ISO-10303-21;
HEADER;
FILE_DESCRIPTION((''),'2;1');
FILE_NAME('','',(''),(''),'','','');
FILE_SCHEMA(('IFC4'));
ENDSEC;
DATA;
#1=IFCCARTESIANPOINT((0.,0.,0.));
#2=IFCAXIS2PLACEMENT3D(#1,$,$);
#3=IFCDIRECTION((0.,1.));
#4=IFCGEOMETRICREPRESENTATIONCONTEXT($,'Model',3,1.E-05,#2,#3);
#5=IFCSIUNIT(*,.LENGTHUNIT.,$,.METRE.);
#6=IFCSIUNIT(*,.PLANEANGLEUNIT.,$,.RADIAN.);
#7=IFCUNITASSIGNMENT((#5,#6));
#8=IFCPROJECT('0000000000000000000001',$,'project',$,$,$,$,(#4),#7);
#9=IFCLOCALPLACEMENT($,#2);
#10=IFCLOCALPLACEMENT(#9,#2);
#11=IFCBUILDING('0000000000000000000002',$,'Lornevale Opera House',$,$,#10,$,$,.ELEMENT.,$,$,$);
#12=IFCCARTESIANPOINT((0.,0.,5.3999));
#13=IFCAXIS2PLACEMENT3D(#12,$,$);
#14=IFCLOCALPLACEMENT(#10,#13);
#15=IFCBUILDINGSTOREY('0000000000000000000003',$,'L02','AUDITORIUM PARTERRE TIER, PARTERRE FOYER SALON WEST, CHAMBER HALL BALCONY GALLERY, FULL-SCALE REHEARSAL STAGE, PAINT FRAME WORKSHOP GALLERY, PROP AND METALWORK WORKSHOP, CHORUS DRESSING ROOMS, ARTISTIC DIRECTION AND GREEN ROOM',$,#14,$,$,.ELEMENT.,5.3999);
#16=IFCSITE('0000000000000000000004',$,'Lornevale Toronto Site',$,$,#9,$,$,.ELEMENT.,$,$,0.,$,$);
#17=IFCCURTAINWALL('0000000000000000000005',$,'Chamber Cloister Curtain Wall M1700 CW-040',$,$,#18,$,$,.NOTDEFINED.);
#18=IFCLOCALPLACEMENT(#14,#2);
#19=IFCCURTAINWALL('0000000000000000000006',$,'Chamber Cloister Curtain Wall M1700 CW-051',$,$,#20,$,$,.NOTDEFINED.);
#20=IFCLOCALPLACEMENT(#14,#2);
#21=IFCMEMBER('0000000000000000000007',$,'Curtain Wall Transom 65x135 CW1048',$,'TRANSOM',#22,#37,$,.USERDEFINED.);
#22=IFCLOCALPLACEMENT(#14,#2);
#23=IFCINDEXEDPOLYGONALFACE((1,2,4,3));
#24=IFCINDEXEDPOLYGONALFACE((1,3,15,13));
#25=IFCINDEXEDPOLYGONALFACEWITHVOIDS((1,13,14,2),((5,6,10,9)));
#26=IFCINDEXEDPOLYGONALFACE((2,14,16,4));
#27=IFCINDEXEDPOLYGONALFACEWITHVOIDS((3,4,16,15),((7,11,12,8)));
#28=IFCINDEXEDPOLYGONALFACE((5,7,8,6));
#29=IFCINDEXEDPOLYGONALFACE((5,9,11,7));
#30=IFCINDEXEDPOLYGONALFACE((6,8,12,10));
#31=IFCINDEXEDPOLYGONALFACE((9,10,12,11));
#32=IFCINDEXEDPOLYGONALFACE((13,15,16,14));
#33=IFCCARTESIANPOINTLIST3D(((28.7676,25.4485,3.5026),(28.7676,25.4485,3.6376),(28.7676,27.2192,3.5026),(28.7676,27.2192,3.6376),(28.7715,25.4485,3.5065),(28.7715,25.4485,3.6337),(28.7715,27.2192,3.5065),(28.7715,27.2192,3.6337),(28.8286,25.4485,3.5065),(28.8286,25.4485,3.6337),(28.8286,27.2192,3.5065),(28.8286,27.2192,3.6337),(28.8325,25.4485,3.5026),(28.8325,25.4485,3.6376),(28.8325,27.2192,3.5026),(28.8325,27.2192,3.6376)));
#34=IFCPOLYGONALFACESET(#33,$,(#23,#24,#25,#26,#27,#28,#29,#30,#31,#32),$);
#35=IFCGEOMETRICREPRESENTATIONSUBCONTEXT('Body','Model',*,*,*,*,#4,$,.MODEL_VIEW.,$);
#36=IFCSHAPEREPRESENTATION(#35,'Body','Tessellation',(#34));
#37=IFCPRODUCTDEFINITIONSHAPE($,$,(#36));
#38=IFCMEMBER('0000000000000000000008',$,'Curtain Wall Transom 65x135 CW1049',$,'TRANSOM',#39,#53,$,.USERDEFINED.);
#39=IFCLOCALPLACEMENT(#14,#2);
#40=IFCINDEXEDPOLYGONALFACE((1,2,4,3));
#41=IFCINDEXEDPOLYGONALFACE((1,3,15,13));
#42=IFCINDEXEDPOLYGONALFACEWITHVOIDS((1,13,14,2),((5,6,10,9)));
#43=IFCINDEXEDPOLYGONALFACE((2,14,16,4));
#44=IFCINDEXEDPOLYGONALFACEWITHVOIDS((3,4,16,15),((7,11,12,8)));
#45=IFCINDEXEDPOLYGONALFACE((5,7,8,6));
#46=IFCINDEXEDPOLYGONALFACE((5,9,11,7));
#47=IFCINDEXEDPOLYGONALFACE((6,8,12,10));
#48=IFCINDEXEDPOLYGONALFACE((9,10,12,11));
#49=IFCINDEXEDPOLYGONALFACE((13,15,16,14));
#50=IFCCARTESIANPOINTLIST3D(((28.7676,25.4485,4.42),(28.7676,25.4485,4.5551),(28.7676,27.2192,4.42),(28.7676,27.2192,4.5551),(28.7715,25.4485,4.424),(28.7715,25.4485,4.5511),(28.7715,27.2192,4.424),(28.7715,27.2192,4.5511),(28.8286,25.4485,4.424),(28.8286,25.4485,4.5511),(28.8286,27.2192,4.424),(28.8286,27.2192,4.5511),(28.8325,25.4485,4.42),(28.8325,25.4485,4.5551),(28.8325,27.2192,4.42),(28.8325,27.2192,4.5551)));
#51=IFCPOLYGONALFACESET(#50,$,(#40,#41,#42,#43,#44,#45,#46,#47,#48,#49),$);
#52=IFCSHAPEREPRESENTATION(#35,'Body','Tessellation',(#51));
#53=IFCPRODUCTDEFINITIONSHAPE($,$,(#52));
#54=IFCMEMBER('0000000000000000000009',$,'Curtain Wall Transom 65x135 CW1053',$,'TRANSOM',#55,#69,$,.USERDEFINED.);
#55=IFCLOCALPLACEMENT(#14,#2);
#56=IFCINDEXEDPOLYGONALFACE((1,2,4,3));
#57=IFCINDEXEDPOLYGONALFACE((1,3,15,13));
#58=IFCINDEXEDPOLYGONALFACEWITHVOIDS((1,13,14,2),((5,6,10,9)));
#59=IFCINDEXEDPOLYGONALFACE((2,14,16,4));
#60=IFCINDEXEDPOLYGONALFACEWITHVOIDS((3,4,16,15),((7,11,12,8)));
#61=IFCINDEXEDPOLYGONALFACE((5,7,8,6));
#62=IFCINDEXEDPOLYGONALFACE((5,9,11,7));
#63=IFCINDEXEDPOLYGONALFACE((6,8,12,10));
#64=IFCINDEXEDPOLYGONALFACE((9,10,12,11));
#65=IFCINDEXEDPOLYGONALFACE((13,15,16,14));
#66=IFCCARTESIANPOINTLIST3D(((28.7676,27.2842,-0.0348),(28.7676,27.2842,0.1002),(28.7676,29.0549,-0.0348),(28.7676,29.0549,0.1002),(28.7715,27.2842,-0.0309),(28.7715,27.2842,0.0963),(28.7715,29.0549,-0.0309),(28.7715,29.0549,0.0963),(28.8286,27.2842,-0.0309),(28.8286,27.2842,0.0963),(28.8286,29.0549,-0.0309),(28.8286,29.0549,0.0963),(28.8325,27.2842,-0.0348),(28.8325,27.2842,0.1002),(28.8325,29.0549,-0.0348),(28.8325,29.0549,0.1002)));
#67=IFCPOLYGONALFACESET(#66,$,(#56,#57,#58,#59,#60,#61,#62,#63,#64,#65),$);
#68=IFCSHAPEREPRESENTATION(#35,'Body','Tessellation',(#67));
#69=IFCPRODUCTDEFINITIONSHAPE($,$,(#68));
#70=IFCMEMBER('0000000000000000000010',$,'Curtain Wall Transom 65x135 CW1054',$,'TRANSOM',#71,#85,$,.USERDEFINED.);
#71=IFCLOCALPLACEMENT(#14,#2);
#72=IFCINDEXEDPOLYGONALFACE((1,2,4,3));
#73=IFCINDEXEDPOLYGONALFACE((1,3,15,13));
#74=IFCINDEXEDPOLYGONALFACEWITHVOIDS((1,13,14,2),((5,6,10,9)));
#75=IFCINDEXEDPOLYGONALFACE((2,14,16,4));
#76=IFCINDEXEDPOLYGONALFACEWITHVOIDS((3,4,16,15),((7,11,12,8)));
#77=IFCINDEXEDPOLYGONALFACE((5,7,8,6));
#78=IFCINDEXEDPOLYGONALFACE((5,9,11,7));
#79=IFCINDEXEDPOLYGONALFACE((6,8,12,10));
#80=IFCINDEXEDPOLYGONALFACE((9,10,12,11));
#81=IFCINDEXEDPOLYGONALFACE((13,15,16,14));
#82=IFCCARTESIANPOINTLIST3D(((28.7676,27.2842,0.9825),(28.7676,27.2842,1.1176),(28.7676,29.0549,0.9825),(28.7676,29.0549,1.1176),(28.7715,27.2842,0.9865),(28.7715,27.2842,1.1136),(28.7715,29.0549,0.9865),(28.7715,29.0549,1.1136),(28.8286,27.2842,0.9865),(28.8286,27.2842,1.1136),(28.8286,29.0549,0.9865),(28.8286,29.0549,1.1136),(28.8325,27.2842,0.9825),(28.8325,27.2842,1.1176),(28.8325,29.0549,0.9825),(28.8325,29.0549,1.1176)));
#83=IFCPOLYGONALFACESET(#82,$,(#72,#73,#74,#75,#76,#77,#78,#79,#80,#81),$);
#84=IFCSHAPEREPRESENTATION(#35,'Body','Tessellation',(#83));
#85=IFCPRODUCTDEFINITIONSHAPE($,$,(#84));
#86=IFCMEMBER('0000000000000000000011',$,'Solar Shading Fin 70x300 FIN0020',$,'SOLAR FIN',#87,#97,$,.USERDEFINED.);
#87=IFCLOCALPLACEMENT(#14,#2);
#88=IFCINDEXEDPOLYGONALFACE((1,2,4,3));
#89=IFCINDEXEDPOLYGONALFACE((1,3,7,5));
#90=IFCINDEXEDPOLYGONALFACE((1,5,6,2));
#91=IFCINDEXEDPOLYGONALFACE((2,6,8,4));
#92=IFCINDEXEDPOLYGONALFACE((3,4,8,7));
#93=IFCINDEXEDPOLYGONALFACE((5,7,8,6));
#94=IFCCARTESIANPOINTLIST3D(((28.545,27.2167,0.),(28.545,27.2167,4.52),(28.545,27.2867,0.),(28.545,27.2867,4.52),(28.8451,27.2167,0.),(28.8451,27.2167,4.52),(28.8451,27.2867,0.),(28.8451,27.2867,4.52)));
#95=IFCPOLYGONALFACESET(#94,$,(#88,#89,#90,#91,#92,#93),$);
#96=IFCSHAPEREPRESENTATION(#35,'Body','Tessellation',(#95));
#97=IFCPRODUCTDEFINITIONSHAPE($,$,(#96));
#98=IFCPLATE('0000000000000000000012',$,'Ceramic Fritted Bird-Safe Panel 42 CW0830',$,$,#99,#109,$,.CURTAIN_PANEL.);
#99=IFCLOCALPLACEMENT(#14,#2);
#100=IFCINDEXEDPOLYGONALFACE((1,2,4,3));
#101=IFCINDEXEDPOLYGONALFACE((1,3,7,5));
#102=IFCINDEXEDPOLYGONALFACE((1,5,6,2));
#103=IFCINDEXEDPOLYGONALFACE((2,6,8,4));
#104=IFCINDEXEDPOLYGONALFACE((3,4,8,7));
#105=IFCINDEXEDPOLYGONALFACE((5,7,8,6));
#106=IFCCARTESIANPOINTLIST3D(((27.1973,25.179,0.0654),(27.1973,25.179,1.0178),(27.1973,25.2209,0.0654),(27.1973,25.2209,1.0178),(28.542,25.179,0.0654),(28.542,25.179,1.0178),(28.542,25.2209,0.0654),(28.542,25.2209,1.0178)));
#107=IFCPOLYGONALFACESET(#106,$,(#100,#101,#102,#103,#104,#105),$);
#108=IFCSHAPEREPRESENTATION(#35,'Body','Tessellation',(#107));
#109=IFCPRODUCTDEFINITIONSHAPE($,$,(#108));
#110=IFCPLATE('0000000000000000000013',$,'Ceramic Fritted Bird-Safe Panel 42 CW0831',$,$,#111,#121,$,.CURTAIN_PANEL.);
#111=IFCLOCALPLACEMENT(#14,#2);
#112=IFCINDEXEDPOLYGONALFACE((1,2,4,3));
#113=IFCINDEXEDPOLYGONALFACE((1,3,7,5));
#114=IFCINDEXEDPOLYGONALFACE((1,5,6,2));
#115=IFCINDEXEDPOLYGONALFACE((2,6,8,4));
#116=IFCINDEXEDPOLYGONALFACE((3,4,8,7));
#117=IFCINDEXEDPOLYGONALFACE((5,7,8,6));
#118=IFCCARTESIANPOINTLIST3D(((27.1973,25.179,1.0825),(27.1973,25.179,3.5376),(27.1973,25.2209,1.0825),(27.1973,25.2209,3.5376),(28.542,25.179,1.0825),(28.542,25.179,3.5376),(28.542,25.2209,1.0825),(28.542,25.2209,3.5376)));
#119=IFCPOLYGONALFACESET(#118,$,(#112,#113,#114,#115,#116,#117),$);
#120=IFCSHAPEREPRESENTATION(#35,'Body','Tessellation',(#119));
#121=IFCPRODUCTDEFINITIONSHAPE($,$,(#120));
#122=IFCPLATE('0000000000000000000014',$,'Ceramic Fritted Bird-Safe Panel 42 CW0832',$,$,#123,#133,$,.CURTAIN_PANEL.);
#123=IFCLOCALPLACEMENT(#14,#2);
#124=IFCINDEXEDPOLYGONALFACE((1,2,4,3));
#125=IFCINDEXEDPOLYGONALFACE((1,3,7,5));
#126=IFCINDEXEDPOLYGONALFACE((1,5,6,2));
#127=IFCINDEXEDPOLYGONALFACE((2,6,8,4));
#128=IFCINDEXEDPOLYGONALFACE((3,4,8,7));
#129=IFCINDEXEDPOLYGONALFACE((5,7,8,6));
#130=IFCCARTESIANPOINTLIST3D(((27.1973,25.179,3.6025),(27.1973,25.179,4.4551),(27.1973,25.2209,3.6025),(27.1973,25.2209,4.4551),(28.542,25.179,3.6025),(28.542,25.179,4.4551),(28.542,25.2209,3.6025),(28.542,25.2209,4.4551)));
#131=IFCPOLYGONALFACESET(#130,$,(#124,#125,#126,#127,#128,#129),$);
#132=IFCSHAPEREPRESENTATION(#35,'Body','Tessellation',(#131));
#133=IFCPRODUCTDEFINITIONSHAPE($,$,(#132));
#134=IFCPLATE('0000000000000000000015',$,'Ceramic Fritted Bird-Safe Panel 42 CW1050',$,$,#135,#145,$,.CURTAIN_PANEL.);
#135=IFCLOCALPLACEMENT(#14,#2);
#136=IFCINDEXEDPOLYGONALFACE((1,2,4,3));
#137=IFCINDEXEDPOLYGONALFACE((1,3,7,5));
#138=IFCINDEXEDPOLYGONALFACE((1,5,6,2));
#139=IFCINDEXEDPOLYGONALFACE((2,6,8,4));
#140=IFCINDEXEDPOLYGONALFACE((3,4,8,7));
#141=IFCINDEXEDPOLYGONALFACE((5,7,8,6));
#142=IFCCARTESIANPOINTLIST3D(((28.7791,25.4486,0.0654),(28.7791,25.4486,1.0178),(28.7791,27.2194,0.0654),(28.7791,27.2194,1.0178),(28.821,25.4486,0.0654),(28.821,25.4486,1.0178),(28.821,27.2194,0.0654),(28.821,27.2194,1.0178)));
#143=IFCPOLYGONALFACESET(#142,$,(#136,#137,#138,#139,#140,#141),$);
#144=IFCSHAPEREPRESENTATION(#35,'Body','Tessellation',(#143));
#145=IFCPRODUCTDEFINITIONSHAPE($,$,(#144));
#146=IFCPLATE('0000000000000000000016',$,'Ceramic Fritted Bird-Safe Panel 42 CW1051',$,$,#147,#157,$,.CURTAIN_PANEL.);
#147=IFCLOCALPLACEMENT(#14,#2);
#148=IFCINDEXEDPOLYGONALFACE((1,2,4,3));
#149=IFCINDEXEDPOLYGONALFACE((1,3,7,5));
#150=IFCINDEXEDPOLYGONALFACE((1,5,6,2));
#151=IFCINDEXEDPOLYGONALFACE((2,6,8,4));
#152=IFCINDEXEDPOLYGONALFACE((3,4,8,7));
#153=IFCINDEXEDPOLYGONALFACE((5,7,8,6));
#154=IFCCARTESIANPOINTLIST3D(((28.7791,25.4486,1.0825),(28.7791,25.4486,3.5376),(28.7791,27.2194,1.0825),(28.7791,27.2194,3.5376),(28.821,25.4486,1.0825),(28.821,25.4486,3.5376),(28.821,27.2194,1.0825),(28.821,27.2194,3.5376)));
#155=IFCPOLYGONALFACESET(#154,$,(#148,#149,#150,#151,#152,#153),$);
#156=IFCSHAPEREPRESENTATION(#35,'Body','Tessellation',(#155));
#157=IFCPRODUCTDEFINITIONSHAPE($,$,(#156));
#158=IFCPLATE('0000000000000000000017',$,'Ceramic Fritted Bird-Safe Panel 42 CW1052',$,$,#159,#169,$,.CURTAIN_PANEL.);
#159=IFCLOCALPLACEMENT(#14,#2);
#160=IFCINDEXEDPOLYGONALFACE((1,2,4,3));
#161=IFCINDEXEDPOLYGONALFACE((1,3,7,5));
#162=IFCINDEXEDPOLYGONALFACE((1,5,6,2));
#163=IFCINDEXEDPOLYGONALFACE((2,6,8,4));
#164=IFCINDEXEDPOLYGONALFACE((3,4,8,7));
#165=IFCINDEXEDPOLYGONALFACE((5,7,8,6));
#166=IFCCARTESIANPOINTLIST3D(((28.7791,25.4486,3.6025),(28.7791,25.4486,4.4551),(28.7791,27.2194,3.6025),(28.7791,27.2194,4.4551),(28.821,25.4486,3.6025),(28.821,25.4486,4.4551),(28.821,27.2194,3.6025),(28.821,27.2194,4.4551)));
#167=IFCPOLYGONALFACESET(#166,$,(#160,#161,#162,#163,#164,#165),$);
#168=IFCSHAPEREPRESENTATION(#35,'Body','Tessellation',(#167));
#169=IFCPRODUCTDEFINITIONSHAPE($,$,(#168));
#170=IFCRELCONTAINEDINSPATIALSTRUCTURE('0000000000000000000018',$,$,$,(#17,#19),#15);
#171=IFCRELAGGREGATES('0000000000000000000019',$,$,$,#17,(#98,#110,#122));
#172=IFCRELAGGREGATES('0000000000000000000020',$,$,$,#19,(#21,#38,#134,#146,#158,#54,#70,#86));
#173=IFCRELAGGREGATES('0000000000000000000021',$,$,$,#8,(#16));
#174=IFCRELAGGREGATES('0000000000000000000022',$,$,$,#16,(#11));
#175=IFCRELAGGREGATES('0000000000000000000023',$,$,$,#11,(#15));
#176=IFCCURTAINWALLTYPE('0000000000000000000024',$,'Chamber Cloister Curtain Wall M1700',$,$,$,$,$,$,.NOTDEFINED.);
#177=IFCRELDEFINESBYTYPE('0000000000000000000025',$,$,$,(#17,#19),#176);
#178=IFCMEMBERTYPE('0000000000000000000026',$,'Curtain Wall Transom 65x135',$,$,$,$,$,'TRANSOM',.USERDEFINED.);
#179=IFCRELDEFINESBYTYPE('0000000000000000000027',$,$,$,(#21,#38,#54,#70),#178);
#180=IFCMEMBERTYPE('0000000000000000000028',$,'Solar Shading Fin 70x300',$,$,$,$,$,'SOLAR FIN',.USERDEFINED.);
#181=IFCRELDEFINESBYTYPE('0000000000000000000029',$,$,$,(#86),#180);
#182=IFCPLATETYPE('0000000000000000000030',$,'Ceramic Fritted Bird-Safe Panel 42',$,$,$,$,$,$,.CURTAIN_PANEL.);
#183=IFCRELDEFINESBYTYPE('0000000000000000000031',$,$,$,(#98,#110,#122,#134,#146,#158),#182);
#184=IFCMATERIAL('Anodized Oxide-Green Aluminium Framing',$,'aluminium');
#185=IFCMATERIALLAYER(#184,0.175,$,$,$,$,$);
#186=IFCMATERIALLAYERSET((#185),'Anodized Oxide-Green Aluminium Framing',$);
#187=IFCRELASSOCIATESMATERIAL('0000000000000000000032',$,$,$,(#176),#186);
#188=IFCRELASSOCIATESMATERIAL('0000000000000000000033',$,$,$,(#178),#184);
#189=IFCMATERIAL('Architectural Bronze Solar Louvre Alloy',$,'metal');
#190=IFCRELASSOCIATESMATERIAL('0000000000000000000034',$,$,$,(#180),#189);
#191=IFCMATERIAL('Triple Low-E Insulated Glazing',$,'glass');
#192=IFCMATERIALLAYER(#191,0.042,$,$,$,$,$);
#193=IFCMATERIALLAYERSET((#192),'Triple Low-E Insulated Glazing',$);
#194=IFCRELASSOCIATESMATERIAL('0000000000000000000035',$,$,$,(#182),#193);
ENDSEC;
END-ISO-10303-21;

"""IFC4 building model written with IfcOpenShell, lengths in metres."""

from ifc_helpers import new_model, si_unit, direction, frame, origin, origin_2d, place, context, subcontext, project, spatial, rectangle, hollow_rectangle, extrude, material, layer, layer_set, material_profile, profile_set, type_object, element, aggregate, save


model = new_model("IFC4")

# Units and contexts
model_context = context("Model", 3, precision=1e-05, world=origin(), true_north=direction((0.0, 1.0)))
body_context = subcontext(model_context, "Body", "Model", "MODEL_VIEW")
ifc_project = project(units=[si_unit("LENGTHUNIT", "METRE"), si_unit("PLANEANGLEUNIT", "RADIAN")], contexts=[model_context])

# Site, building, storey
site_placement = place(None, origin())
site = spatial("IfcSite", under=ifc_project, at=site_placement, Name="Lornevale Toronto Site", CompositionType="ELEMENT", RefElevation=0.0)
building_placement = place(site_placement, origin())
building = spatial("IfcBuilding", under=site, at=building_placement, Name="Lornevale Opera House", CompositionType="ELEMENT")
storey_placement = place(building_placement, frame((0.0, 0.0, 5.3999)))
storey = spatial("IfcBuildingStorey", under=building, at=storey_placement, Name="L02", Description="AUDITORIUM PARTERRE TIER, PARTERRE FOYER SALON WEST, CHAMBER HALL BALCONY GALLERY, FULL-SCALE REHEARSAL STAGE, PAINT FRAME WORKSHOP GALLERY, PROP AND METALWORK WORKSHOP, CHORUS DRESSING ROOMS, ARTISTIC DIRECTION AND GREEN ROOM", CompositionType="ELEMENT", Elevation=5.3999)

# Curtain wall
ifc_material_1 = material(Name="Anodized Oxide-Green Aluminium Framing", Category="aluminium")
ifc_layer_1 = layer(ifc_material_1, 0.175)
ifc_layer_set_1 = layer_set([ifc_layer_1], Name="Anodized Oxide-Green Aluminium Framing")
curtain_wall_type = type_object("IfcCurtainWallType", Name="Chamber Cloister Curtain Wall M1700", PredefinedType="NOTDEFINED", material=ifc_layer_set_1)
curtain_wall_1_placement = place(storey_placement, origin())
curtain_wall_1 = element("IfcCurtainWall", 1, at=curtain_wall_1_placement, inside=storey, type_object=curtain_wall_type, Name="Chamber Cloister Curtain Wall M1700 CW-040", PredefinedType="NOTDEFINED")

# Curtain wall
curtain_wall_2_placement = place(storey_placement, origin())
curtain_wall_2 = element("IfcCurtainWall", 2, at=curtain_wall_2_placement, inside=storey, type_object=curtain_wall_type, Name="Chamber Cloister Curtain Wall M1700 CW-051", PredefinedType="NOTDEFINED")

# Members
ifc_material_profile_1 = material_profile(ifc_material_1, hollow_rectangle(XDim=0.0649, YDim=0.135, WallThickness=0.0039, at=origin_2d()), Name="ALU65x135x4")
ifc_profile_set_1 = profile_set([ifc_material_profile_1], Name="Anodized Oxide-Green Aluminium Framing")
member_type_1 = type_object("IfcMemberType", Name="Curtain Wall Transom 65x135", ElementType="TRANSOM", PredefinedType="USERDEFINED", material=ifc_profile_set_1)
member_1_placement = place(storey_placement, frame((28.8, 25.4485, 3.5701), z_axis=(0.0, 1.0, 0.0), x_axis=(-1.0, 0.0, 0.0)))
member_1 = element("IfcMember", 3, at=member_1_placement, type_object=member_type_1, Name="Curtain Wall Transom 65x135 CW1048", ObjectType="TRANSOM", PredefinedType="USERDEFINED", context=body_context, shape_type="SweptSolid", body=[
    extrude(hollow_rectangle(XDim=0.0649, YDim=0.135, WallThickness=0.0039, at=origin_2d()), origin(), (0.0, 0.0, 1.0), 1.7708),
])
member_2_placement = place(storey_placement, frame((28.8, 25.4485, 4.4875), z_axis=(0.0, 1.0, 0.0), x_axis=(-1.0, 0.0, 0.0)))
member_2 = element("IfcMember", 4, at=member_2_placement, type_object=member_type_1, Name="Curtain Wall Transom 65x135 CW1049", ObjectType="TRANSOM", PredefinedType="USERDEFINED", context=body_context, shape_type="SweptSolid", body=[
    extrude(hollow_rectangle(XDim=0.0649, YDim=0.135, WallThickness=0.0039, at=origin_2d()), origin(), (0.0, 0.0, 1.0), 1.7708),
])
member_3_placement = place(storey_placement, frame((28.8, 27.2842, 0.0327), z_axis=(0.0, 1.0, 0.0), x_axis=(-1.0, 0.0, 0.0)))
member_3 = element("IfcMember", 5, at=member_3_placement, type_object=member_type_1, Name="Curtain Wall Transom 65x135 CW1053", ObjectType="TRANSOM", PredefinedType="USERDEFINED", context=body_context, shape_type="SweptSolid", body=[
    extrude(hollow_rectangle(XDim=0.0649, YDim=0.135, WallThickness=0.0039, at=origin_2d()), origin(), (0.0, 0.0, 1.0), 1.7708),
])
member_4_placement = place(storey_placement, frame((28.8, 27.2842, 1.05), z_axis=(0.0, 1.0, 0.0), x_axis=(-1.0, 0.0, 0.0)))
member_4 = element("IfcMember", 6, at=member_4_placement, type_object=member_type_1, Name="Curtain Wall Transom 65x135 CW1054", ObjectType="TRANSOM", PredefinedType="USERDEFINED", context=body_context, shape_type="SweptSolid", body=[
    extrude(hollow_rectangle(XDim=0.0649, YDim=0.135, WallThickness=0.0039, at=origin_2d()), origin(), (0.0, 0.0, 1.0), 1.7708),
])
ifc_material_2 = material(Name="Architectural Bronze Solar Louvre Alloy", Category="metal")
ifc_material_profile_2 = material_profile(ifc_material_2, rectangle(XDim=0.0701, YDim=0.3, at=origin_2d()), Name="FIN70x300")
ifc_profile_set_2 = profile_set([ifc_material_profile_2], Name="Architectural Bronze Solar Louvre Alloy")
member_type_2 = type_object("IfcMemberType", Name="Solar Shading Fin 70x300", ElementType="SOLAR FIN", PredefinedType="USERDEFINED", material=ifc_profile_set_2)
member_5_placement = place(storey_placement, frame((28.6951, 27.2517, 0.0), z_axis=(0.0, 0.0, 1.0), x_axis=(0.0, 1.0, 0.0)))
member_5 = element("IfcMember", 7, at=member_5_placement, type_object=member_type_2, Name="Solar Shading Fin 70x300 FIN0020", ObjectType="SOLAR FIN", PredefinedType="USERDEFINED", context=body_context, shape_type="SweptSolid", body=[
    extrude(rectangle(XDim=0.0701, YDim=0.3, at=origin_2d()), origin(), (0.0, 0.0, 1.0), 4.52),
])

# Plates
ifc_material_3 = material(Name="Triple Low-E Insulated Glazing", Category="glass")
ifc_layer_2 = layer(ifc_material_3, 0.042)
ifc_layer_set_2 = layer_set([ifc_layer_2], Name="Triple Low-E Insulated Glazing")
plate_type = type_object("IfcPlateType", Name="Ceramic Fritted Bird-Safe Panel 42", PredefinedType="CURTAIN_PANEL", material=ifc_layer_set_2)
plate_1_placement = place(storey_placement, frame((27.8696, 25.2, 0.0654), z_axis=(0.0, 0.0, 1.0), x_axis=(1.0, 0.0, 0.0)))
plate_1 = element("IfcPlate", 8, at=plate_1_placement, type_object=plate_type, Name="Ceramic Fritted Bird-Safe Panel 42 CW0830", PredefinedType="CURTAIN_PANEL", context=body_context, shape_type="SweptSolid", body=[
    extrude(rectangle(XDim=1.3447, YDim=0.042, at=origin_2d()), origin(), (0.0, 0.0, 1.0), 0.9524),
])
plate_2_placement = place(storey_placement, frame((27.8696, 25.2, 1.0825), z_axis=(0.0, 0.0, 1.0), x_axis=(1.0, 0.0, 0.0)))
plate_2 = element("IfcPlate", 9, at=plate_2_placement, type_object=plate_type, Name="Ceramic Fritted Bird-Safe Panel 42 CW0831", PredefinedType="CURTAIN_PANEL", context=body_context, shape_type="SweptSolid", body=[
    extrude(rectangle(XDim=1.3447, YDim=0.042, at=origin_2d()), origin(), (0.0, 0.0, 1.0), 2.4551),
])
plate_3_placement = place(storey_placement, frame((27.8696, 25.2, 3.6025), z_axis=(0.0, 0.0, 1.0), x_axis=(1.0, 0.0, 0.0)))
plate_3 = element("IfcPlate", 10, at=plate_3_placement, type_object=plate_type, Name="Ceramic Fritted Bird-Safe Panel 42 CW0832", PredefinedType="CURTAIN_PANEL", context=body_context, shape_type="SweptSolid", body=[
    extrude(rectangle(XDim=1.3447, YDim=0.042, at=origin_2d()), origin(), (0.0, 0.0, 1.0), 0.8525),
])
aggregate(curtain_wall_1, [plate_1, plate_2, plate_3])
plate_4_placement = place(storey_placement, frame((28.8, 26.334, 0.0654), z_axis=(0.0, 0.0, 1.0), x_axis=(0.0, 1.0, 0.0)))
plate_4 = element("IfcPlate", 11, at=plate_4_placement, type_object=plate_type, Name="Ceramic Fritted Bird-Safe Panel 42 CW1050", PredefinedType="CURTAIN_PANEL", context=body_context, shape_type="SweptSolid", body=[
    extrude(rectangle(XDim=1.7708, YDim=0.042, at=origin_2d()), origin(), (0.0, 0.0, 1.0), 0.9524),
])
plate_5_placement = place(storey_placement, frame((28.8, 26.334, 1.0825), z_axis=(0.0, 0.0, 1.0), x_axis=(0.0, 1.0, 0.0)))
plate_5 = element("IfcPlate", 12, at=plate_5_placement, type_object=plate_type, Name="Ceramic Fritted Bird-Safe Panel 42 CW1051", PredefinedType="CURTAIN_PANEL", context=body_context, shape_type="SweptSolid", body=[
    extrude(rectangle(XDim=1.7708, YDim=0.042, at=origin_2d()), origin(), (0.0, 0.0, 1.0), 2.4551),
])
plate_6_placement = place(storey_placement, frame((28.8, 26.334, 3.6025), z_axis=(0.0, 0.0, 1.0), x_axis=(0.0, 1.0, 0.0)))
plate_6 = element("IfcPlate", 13, at=plate_6_placement, type_object=plate_type, Name="Ceramic Fritted Bird-Safe Panel 42 CW1052", PredefinedType="CURTAIN_PANEL", context=body_context, shape_type="SweptSolid", body=[
    extrude(rectangle(XDim=1.7708, YDim=0.042, at=origin_2d()), origin(), (0.0, 0.0, 1.0), 0.8525),
])
aggregate(curtain_wall_2, [member_1, member_2, plate_4, plate_5, plate_6, member_3, member_4, member_5])

save(model, "model.ifc")
